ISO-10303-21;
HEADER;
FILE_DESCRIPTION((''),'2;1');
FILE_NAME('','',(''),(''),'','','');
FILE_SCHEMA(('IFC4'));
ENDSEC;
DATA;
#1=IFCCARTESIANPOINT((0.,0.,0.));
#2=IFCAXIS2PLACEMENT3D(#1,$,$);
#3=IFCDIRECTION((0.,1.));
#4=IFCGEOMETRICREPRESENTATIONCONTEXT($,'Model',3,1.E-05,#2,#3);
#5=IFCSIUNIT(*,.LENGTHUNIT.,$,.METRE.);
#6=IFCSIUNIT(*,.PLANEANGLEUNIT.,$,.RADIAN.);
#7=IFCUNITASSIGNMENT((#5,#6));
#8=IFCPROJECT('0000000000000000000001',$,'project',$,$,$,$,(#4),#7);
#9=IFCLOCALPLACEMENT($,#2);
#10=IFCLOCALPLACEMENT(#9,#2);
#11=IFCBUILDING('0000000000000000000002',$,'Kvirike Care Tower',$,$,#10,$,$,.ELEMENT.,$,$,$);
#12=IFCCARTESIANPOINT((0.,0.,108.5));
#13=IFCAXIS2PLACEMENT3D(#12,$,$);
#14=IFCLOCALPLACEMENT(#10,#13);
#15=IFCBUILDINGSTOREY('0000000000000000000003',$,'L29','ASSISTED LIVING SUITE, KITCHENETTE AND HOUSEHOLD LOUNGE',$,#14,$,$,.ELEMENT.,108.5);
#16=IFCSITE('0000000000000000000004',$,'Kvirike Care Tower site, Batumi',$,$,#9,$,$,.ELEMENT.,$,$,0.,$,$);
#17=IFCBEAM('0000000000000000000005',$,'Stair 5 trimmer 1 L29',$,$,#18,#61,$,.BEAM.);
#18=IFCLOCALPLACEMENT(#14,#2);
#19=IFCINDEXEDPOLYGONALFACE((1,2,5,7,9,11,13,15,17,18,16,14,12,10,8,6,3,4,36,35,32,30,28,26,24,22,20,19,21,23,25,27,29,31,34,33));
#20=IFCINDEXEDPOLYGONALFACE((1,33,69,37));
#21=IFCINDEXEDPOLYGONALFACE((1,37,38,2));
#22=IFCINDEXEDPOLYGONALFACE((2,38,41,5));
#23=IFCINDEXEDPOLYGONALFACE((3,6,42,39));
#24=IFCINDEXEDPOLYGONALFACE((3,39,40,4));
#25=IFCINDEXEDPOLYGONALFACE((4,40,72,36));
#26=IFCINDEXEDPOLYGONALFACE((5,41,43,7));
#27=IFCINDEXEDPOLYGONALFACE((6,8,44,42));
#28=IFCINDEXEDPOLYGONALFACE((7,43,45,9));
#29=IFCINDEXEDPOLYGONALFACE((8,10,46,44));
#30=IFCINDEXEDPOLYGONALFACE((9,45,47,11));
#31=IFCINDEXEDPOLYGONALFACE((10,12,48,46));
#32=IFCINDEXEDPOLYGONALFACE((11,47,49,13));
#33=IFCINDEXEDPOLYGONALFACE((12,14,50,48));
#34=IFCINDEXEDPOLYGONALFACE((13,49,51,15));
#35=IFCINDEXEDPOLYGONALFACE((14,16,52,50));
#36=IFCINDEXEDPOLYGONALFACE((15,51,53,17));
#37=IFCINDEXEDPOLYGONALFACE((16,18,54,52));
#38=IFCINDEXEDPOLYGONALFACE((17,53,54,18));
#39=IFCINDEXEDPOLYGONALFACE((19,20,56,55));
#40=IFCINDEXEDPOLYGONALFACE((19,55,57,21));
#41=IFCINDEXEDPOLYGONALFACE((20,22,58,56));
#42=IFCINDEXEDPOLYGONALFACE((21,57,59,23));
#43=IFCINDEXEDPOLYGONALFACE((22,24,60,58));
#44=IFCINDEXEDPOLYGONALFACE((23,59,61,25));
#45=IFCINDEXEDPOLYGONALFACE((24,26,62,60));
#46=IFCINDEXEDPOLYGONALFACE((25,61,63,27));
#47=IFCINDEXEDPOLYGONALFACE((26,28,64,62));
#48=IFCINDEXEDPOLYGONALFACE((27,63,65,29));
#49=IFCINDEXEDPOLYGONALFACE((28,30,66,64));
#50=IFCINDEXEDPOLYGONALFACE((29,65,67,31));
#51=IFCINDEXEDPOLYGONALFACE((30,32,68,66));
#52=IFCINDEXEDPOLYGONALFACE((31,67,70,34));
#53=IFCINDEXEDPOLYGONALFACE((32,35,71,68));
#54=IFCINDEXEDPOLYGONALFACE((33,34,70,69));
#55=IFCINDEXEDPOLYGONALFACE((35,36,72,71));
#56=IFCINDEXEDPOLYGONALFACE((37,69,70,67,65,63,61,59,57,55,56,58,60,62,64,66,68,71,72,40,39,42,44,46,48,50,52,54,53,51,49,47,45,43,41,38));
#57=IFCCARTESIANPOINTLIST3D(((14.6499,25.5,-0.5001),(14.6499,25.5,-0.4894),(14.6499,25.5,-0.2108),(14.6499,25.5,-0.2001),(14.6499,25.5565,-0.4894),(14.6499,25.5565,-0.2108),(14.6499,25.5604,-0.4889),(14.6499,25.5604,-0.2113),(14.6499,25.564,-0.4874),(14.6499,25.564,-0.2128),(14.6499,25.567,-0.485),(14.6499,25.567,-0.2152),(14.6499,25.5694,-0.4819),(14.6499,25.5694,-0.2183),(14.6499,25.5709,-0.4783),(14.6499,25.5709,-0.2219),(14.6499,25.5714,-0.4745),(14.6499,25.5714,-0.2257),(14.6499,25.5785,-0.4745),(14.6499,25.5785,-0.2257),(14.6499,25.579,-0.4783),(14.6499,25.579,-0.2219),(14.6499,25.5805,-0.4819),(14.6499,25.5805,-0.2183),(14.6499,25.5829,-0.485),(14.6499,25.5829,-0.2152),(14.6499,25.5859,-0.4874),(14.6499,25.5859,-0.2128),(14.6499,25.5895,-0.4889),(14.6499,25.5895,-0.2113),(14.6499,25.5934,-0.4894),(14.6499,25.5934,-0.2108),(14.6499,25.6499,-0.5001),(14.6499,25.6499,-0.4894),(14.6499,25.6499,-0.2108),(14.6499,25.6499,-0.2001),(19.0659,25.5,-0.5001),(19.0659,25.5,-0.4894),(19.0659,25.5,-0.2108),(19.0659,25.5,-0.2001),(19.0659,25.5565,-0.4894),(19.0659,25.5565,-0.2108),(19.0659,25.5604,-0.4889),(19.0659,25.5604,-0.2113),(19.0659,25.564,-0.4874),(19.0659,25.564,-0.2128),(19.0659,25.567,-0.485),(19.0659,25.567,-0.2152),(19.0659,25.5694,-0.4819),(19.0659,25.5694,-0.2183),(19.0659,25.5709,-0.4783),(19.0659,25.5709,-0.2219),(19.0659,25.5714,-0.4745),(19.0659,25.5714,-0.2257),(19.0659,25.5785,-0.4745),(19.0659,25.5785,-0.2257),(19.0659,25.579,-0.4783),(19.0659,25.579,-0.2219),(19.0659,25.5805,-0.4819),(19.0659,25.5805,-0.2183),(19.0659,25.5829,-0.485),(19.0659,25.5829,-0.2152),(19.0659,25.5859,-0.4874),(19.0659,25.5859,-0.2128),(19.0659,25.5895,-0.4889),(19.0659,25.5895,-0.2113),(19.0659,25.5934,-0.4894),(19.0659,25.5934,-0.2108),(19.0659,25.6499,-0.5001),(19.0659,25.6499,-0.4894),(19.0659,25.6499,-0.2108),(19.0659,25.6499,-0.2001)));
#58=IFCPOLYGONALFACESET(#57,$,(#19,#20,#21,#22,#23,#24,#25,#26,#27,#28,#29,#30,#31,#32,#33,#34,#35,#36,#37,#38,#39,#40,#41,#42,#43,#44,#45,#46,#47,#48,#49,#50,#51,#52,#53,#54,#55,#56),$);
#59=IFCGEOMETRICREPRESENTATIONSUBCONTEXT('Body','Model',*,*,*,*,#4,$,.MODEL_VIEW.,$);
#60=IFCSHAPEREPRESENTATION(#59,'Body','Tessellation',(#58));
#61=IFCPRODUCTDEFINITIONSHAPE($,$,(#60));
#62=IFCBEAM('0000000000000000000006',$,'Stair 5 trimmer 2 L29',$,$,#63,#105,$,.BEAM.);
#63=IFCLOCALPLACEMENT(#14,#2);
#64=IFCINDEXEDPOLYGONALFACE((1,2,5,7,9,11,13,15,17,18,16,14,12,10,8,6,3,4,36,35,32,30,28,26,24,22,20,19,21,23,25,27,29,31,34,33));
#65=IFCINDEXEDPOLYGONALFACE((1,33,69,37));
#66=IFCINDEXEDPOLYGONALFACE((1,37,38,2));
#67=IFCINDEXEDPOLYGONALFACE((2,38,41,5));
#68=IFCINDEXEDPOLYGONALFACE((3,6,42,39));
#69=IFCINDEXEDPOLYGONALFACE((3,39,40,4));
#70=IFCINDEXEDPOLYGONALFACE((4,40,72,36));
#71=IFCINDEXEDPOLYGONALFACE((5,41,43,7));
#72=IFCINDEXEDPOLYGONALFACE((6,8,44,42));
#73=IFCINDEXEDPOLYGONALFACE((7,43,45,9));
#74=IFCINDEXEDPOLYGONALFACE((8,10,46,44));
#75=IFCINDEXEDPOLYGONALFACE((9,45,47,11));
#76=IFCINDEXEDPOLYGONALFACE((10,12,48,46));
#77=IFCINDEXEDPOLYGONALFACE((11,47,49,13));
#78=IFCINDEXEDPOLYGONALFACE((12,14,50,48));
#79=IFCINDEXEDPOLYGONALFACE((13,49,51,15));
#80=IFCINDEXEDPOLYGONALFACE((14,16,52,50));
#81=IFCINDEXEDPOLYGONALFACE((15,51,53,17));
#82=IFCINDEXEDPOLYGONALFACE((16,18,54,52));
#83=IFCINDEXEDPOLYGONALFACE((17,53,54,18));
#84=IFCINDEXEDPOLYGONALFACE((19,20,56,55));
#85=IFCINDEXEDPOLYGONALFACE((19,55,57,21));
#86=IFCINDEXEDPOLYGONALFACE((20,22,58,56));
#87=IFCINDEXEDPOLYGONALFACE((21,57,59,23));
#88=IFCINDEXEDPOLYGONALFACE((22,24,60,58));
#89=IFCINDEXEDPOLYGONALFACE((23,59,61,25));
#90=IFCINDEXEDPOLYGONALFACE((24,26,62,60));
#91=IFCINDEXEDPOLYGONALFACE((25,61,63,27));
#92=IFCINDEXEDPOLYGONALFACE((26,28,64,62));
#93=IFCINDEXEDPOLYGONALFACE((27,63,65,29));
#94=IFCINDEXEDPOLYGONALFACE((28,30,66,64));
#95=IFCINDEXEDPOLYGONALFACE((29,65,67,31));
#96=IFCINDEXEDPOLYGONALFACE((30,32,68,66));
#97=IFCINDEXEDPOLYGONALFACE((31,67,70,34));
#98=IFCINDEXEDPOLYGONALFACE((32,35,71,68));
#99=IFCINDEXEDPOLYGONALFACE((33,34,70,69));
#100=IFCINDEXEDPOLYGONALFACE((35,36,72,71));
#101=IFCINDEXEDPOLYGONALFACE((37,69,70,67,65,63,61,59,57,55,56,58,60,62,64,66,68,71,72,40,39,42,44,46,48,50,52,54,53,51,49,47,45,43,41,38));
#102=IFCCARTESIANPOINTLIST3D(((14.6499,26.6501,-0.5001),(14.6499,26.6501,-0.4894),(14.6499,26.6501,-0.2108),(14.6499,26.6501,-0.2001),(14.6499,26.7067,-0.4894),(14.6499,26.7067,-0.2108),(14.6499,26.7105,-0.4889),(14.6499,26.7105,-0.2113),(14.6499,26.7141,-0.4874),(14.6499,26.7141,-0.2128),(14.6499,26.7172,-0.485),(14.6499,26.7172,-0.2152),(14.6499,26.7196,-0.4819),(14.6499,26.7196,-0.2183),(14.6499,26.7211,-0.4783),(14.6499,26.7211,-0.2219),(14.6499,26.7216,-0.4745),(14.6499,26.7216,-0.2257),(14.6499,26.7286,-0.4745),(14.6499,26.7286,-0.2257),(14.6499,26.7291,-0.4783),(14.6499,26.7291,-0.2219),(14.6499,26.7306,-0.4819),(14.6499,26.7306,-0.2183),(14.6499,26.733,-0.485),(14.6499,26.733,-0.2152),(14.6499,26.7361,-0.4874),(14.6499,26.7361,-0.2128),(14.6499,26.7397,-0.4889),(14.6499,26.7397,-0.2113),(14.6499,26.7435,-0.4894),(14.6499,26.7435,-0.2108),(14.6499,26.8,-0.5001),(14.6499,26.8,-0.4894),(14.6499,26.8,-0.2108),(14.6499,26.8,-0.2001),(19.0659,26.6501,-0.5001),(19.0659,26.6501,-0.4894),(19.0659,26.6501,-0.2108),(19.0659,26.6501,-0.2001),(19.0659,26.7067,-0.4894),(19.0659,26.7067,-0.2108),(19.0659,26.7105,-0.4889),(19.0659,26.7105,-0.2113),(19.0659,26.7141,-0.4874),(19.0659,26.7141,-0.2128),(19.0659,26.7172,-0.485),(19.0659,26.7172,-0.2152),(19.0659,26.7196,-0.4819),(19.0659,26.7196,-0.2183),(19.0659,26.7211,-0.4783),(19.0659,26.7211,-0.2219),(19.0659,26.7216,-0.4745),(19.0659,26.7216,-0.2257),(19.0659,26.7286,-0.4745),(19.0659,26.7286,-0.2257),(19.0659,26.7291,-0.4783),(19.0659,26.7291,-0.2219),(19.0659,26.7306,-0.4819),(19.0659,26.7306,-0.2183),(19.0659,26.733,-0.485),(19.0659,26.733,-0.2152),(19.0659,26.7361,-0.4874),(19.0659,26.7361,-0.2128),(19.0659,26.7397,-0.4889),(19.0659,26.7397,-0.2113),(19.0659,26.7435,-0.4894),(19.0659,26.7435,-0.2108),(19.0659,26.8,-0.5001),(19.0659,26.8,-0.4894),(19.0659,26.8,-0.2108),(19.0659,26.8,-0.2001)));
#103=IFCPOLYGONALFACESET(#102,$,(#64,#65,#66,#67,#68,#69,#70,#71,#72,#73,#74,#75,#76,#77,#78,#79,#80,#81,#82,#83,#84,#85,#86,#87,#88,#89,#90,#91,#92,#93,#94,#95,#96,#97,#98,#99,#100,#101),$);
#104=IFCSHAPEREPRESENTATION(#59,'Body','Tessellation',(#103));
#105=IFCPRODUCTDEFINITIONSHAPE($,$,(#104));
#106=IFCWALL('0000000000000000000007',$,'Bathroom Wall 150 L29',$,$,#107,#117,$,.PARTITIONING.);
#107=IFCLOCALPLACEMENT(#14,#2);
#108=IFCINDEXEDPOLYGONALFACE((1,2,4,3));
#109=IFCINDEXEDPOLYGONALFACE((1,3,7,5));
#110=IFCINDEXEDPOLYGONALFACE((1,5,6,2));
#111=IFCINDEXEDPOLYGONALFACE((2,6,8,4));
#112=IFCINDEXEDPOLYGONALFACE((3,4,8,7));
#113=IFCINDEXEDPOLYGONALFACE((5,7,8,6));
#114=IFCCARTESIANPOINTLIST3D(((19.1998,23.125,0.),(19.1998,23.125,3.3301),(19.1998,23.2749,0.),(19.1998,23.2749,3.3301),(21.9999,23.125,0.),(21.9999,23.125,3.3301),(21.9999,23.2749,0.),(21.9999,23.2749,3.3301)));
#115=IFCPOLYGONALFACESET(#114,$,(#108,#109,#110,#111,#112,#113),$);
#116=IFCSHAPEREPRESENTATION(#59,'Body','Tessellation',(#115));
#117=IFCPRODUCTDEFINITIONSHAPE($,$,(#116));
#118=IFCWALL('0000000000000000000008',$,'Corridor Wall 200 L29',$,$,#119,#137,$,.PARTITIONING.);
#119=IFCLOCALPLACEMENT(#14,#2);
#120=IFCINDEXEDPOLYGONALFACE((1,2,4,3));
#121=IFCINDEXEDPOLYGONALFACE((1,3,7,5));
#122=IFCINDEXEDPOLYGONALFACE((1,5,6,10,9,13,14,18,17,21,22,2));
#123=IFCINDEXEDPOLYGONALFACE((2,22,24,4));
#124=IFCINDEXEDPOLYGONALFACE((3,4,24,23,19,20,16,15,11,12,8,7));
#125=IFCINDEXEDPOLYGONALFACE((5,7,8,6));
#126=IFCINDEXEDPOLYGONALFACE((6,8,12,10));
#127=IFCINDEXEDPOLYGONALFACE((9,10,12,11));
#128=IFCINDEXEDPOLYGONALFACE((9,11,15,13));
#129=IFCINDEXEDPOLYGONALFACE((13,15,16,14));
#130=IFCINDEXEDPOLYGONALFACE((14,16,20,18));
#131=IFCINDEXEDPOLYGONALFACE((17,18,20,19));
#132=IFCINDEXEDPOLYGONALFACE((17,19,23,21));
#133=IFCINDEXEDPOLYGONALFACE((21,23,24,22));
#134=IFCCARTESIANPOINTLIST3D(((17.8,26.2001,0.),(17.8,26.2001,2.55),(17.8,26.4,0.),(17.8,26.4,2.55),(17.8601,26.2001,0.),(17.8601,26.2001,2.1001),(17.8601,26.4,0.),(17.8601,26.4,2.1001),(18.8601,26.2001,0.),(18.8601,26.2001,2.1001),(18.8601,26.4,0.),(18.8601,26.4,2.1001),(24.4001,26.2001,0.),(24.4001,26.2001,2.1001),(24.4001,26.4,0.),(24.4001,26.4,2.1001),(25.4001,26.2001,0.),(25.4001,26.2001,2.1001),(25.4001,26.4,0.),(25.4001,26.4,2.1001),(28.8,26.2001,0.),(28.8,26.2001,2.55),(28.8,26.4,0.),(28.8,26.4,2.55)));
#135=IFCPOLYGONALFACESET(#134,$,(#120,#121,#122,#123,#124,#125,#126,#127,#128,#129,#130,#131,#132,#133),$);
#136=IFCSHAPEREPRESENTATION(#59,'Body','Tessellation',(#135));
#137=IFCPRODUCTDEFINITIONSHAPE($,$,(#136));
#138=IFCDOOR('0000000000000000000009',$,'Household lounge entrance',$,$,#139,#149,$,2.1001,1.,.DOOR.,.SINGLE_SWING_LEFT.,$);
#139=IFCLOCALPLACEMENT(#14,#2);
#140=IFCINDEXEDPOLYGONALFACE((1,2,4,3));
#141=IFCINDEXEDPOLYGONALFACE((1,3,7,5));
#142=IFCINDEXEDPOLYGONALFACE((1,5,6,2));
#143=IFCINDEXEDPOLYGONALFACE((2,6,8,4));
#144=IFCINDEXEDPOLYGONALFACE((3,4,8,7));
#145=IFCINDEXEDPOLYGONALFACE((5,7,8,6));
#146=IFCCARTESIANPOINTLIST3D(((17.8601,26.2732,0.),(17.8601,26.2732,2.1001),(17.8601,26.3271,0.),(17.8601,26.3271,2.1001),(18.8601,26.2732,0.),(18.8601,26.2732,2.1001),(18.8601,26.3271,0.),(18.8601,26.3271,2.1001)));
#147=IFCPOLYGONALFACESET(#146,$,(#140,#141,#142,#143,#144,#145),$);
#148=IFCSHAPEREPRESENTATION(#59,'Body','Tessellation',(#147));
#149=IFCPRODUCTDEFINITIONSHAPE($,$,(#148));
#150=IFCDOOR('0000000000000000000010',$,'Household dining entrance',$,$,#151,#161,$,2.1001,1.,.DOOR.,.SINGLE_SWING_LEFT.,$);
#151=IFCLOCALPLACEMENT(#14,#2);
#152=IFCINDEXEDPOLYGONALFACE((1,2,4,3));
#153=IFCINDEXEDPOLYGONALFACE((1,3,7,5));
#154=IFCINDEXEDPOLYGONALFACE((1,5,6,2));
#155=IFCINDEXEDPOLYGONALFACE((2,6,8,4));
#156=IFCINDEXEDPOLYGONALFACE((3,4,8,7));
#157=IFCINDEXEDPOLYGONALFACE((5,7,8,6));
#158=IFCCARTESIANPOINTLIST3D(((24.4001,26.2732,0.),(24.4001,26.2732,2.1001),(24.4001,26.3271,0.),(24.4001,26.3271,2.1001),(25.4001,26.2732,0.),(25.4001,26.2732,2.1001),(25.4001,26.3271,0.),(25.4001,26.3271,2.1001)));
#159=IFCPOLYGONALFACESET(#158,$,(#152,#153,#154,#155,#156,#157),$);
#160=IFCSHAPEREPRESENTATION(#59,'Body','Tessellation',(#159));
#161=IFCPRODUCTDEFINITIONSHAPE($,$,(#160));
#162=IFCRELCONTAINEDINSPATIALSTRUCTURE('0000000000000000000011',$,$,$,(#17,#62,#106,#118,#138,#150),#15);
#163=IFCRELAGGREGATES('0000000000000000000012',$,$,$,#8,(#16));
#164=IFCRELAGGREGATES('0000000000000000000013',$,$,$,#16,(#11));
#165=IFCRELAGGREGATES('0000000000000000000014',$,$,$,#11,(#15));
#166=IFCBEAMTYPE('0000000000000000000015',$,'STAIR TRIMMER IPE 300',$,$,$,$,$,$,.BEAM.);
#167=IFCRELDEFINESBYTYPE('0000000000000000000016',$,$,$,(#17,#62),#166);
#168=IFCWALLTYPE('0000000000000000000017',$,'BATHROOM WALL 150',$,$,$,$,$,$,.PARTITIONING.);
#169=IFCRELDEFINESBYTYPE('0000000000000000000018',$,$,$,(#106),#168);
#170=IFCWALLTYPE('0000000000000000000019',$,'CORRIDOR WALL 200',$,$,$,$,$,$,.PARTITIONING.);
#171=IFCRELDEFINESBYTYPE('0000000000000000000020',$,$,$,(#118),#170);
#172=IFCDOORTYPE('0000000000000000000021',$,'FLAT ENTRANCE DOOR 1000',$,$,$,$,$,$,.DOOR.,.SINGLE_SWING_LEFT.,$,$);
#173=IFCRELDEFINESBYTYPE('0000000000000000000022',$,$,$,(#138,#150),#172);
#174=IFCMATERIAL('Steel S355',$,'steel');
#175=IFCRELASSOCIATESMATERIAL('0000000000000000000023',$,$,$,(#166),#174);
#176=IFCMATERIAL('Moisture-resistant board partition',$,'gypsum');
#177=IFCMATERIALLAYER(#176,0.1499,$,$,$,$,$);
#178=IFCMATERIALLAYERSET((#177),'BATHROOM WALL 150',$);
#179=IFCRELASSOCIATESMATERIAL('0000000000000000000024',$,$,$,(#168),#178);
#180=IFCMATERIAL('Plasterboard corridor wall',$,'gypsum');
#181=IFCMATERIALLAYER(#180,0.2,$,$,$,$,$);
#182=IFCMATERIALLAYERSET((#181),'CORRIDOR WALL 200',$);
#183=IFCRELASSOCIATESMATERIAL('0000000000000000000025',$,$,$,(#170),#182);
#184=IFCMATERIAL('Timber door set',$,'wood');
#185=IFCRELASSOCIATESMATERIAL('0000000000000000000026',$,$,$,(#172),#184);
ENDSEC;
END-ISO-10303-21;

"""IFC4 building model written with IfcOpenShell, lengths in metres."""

from ifc_helpers import new_model, si_unit, direction, frame, frame_2d, origin, origin_2d, place, context, subcontext, project, spatial, rectangle, i_section, extrude, material, layer, layer_set, material_profile, profile_set, type_object, element, fill, save


model = new_model("IFC4")

# Units and contexts
model_context = context("Model", 3, precision=1e-05, world=origin(), true_north=direction((0.0, 1.0)))
body_context = subcontext(model_context, "Body", "Model", "MODEL_VIEW")
ifc_project = project(units=[si_unit("LENGTHUNIT", "METRE"), si_unit("PLANEANGLEUNIT", "RADIAN")], contexts=[model_context])

# Site, building, storey
site_placement = place(None, origin())
site = spatial("IfcSite", under=ifc_project, at=site_placement, Name="Kvirike Care Tower site, Batumi", CompositionType="ELEMENT", RefElevation=0.0)
building_placement = place(site_placement, origin())
building = spatial("IfcBuilding", under=site, at=building_placement, Name="Kvirike Care Tower", CompositionType="ELEMENT")
storey_placement = place(building_placement, frame((0.0, 0.0, 108.5)))
storey = spatial("IfcBuildingStorey", under=building, at=storey_placement, Name="L29", Description="ASSISTED LIVING SUITE, KITCHENETTE AND HOUSEHOLD LOUNGE", CompositionType="ELEMENT", Elevation=108.5)

# Beams
ifc_material_1 = material(Name="Steel S355", Category="steel")
ifc_material_profile_1 = material_profile(ifc_material_1, i_section(OverallWidth=0.1499, OverallDepth=0.3, WebThickness=0.0071, FlangeThickness=0.0107, FilletRadius=0.0149, at=origin_2d()), Name="IPE 300")
ifc_profile_set_1 = profile_set([ifc_material_profile_1], Name="Steel S355")
beam_type_1 = type_object("IfcBeamType", Name="STAIR TRIMMER IPE 300", PredefinedType="BEAM", material=ifc_profile_set_1)
for number, where, z_axis, x_axis, name in (
    (1, (14.6499, 25.575, -0.3501), (1.0, 0.0, 0.0), (0.0, 1.0, 0.0), "Stair 5 trimmer 1 L29"),
    (2, (14.6499, 26.7251, -0.3501), (1.0, 0.0, 0.0), (0.0, 1.0, 0.0), "Stair 5 trimmer 2 L29"),
):
    element("IfcBeam", number, at=place(storey_placement, frame(where, z_axis=z_axis, x_axis=x_axis)), inside=storey, type_object=beam_type_1, Name=name, PredefinedType="BEAM", context=body_context, shape_type="SweptSolid", body=[
        extrude(i_section(OverallWidth=0.1499, OverallDepth=0.3, WebThickness=0.0071, FlangeThickness=0.0107, FilletRadius=0.0149, at=origin_2d()), origin(), (0.0, 0.0, 1.0), 4.416),
    ])

# Wall
ifc_material_2 = material(Name="Moisture-resistant board partition", Category="gypsum")
ifc_layer_1 = layer(ifc_material_2, 0.1499)
ifc_layer_set_1 = layer_set([ifc_layer_1], Name="BATHROOM WALL 150")
wall_type_1 = type_object("IfcWallType", Name="BATHROOM WALL 150", PredefinedType="PARTITIONING", material=ifc_layer_set_1)
wall_1_placement = place(storey_placement, frame((19.2, 23.2, 0.0), z_axis=(0.0, 0.0, 1.0), x_axis=(1.0, 0.0, 0.0)))
element("IfcWall", 3, at=wall_1_placement, inside=storey, type_object=wall_type_1, Name="Bathroom Wall 150 L29", PredefinedType="PARTITIONING", context=body_context, shape_type="SweptSolid", body=[
    extrude(rectangle(XDim=2.8, YDim=0.1499, at=frame_2d((1.3999, 0.0))), origin(), (0.0, 0.0, 1.0), 3.3301),
])

# Wall, openings, doors
ifc_material_3 = material(Name="Plasterboard corridor wall", Category="gypsum")
ifc_layer_2 = layer(ifc_material_3, 0.2)
ifc_layer_set_2 = layer_set([ifc_layer_2], Name="CORRIDOR WALL 200")
wall_type_2 = type_object("IfcWallType", Name="CORRIDOR WALL 200", PredefinedType="PARTITIONING", material=ifc_layer_set_2)
wall_2_placement = place(storey_placement, frame((17.8, 26.3, 0.0), z_axis=(0.0, 0.0, 1.0), x_axis=(1.0, 0.0, 0.0)))
wall_2 = element("IfcWall", 4, at=wall_2_placement, inside=storey, type_object=wall_type_2, Name="Corridor Wall 200 L29", PredefinedType="PARTITIONING", context=body_context, shape_type="SweptSolid", body=[
    extrude(rectangle(XDim=11.0, YDim=0.2, at=frame_2d((5.5, 0.0))), origin(), (0.0, 0.0, 1.0), 2.55),
])
opening_1_placement = place(wall_2_placement, frame((0.0601, 0.0, 0.0)))
opening_1 = element("IfcOpeningElement", 5, at=opening_1_placement, cuts=wall_2, PredefinedType="OPENING", context=body_context, shape_type="SweptSolid", body=[
    extrude(rectangle(XDim=1.0, YDim=2.1001, at=frame_2d((0.5, 1.05))), frame((0.0, 0.1106, 0.0), z_axis=(0.0, -1.0, 0.0), x_axis=(1.0, 0.0, 0.0)), (0.0, 0.0, 1.0), 0.2209),
])
opening_2_placement = place(wall_2_placement, frame((6.6001, 0.0, 0.0)))
opening_2 = element("IfcOpeningElement", 6, at=opening_2_placement, cuts=wall_2, PredefinedType="OPENING", context=body_context, shape_type="SweptSolid", body=[
    extrude(rectangle(XDim=1.0, YDim=2.1001, at=frame_2d((0.5, 1.05))), frame((0.0, 0.1106, 0.0), z_axis=(0.0, -1.0, 0.0), x_axis=(1.0, 0.0, 0.0)), (0.0, 0.0, 1.0), 0.2209),
])
ifc_material_4 = material(Name="Timber door set", Category="wood")
door_type_1 = type_object("IfcDoorType", Name="FLAT ENTRANCE DOOR 1000", OperationType="SINGLE_SWING_LEFT", PredefinedType="DOOR", material=ifc_material_4)
door_1_placement = place(opening_1_placement, frame((1.0, 0.0, 0.0), z_axis=(0.0, 0.0, 1.0), x_axis=(-1.0, 0.0, 0.0)))
door_1 = element("IfcDoor", 7, at=door_1_placement, inside=storey, type_object=door_type_1, Name="Household lounge entrance", OperationType="SINGLE_SWING_LEFT", OverallHeight=2.1001, OverallWidth=1.0, PredefinedType="DOOR", context=body_context, shape_type="SweptSolid", body=[
    extrude(rectangle(XDim=1.0, YDim=2.1001, at=frame_2d((0.5, 1.05))), frame((0.0, 0.0269, 0.0), z_axis=(0.0, -1.0, 0.0), x_axis=(1.0, 0.0, 0.0)), (0.0, 0.0, 1.0), 0.054),
])
fill(opening_1, door_1)
door_2_placement = place(opening_2_placement, frame((1.0, 0.0, 0.0), z_axis=(0.0, 0.0, 1.0), x_axis=(-1.0, 0.0, 0.0)))
door_2 = element("IfcDoor", 8, at=door_2_placement, inside=storey, type_object=door_type_1, Name="Household dining entrance", OperationType="SINGLE_SWING_LEFT", OverallHeight=2.1001, OverallWidth=1.0, PredefinedType="DOOR", context=body_context, shape_type="SweptSolid", body=[
    extrude(rectangle(XDim=1.0, YDim=2.1001, at=frame_2d((0.5, 1.05))), frame((0.0, 0.0269, 0.0), z_axis=(0.0, -1.0, 0.0), x_axis=(1.0, 0.0, 0.0)), (0.0, 0.0, 1.0), 0.054),
])
fill(opening_2, door_2)

save(model, "model.ifc")
